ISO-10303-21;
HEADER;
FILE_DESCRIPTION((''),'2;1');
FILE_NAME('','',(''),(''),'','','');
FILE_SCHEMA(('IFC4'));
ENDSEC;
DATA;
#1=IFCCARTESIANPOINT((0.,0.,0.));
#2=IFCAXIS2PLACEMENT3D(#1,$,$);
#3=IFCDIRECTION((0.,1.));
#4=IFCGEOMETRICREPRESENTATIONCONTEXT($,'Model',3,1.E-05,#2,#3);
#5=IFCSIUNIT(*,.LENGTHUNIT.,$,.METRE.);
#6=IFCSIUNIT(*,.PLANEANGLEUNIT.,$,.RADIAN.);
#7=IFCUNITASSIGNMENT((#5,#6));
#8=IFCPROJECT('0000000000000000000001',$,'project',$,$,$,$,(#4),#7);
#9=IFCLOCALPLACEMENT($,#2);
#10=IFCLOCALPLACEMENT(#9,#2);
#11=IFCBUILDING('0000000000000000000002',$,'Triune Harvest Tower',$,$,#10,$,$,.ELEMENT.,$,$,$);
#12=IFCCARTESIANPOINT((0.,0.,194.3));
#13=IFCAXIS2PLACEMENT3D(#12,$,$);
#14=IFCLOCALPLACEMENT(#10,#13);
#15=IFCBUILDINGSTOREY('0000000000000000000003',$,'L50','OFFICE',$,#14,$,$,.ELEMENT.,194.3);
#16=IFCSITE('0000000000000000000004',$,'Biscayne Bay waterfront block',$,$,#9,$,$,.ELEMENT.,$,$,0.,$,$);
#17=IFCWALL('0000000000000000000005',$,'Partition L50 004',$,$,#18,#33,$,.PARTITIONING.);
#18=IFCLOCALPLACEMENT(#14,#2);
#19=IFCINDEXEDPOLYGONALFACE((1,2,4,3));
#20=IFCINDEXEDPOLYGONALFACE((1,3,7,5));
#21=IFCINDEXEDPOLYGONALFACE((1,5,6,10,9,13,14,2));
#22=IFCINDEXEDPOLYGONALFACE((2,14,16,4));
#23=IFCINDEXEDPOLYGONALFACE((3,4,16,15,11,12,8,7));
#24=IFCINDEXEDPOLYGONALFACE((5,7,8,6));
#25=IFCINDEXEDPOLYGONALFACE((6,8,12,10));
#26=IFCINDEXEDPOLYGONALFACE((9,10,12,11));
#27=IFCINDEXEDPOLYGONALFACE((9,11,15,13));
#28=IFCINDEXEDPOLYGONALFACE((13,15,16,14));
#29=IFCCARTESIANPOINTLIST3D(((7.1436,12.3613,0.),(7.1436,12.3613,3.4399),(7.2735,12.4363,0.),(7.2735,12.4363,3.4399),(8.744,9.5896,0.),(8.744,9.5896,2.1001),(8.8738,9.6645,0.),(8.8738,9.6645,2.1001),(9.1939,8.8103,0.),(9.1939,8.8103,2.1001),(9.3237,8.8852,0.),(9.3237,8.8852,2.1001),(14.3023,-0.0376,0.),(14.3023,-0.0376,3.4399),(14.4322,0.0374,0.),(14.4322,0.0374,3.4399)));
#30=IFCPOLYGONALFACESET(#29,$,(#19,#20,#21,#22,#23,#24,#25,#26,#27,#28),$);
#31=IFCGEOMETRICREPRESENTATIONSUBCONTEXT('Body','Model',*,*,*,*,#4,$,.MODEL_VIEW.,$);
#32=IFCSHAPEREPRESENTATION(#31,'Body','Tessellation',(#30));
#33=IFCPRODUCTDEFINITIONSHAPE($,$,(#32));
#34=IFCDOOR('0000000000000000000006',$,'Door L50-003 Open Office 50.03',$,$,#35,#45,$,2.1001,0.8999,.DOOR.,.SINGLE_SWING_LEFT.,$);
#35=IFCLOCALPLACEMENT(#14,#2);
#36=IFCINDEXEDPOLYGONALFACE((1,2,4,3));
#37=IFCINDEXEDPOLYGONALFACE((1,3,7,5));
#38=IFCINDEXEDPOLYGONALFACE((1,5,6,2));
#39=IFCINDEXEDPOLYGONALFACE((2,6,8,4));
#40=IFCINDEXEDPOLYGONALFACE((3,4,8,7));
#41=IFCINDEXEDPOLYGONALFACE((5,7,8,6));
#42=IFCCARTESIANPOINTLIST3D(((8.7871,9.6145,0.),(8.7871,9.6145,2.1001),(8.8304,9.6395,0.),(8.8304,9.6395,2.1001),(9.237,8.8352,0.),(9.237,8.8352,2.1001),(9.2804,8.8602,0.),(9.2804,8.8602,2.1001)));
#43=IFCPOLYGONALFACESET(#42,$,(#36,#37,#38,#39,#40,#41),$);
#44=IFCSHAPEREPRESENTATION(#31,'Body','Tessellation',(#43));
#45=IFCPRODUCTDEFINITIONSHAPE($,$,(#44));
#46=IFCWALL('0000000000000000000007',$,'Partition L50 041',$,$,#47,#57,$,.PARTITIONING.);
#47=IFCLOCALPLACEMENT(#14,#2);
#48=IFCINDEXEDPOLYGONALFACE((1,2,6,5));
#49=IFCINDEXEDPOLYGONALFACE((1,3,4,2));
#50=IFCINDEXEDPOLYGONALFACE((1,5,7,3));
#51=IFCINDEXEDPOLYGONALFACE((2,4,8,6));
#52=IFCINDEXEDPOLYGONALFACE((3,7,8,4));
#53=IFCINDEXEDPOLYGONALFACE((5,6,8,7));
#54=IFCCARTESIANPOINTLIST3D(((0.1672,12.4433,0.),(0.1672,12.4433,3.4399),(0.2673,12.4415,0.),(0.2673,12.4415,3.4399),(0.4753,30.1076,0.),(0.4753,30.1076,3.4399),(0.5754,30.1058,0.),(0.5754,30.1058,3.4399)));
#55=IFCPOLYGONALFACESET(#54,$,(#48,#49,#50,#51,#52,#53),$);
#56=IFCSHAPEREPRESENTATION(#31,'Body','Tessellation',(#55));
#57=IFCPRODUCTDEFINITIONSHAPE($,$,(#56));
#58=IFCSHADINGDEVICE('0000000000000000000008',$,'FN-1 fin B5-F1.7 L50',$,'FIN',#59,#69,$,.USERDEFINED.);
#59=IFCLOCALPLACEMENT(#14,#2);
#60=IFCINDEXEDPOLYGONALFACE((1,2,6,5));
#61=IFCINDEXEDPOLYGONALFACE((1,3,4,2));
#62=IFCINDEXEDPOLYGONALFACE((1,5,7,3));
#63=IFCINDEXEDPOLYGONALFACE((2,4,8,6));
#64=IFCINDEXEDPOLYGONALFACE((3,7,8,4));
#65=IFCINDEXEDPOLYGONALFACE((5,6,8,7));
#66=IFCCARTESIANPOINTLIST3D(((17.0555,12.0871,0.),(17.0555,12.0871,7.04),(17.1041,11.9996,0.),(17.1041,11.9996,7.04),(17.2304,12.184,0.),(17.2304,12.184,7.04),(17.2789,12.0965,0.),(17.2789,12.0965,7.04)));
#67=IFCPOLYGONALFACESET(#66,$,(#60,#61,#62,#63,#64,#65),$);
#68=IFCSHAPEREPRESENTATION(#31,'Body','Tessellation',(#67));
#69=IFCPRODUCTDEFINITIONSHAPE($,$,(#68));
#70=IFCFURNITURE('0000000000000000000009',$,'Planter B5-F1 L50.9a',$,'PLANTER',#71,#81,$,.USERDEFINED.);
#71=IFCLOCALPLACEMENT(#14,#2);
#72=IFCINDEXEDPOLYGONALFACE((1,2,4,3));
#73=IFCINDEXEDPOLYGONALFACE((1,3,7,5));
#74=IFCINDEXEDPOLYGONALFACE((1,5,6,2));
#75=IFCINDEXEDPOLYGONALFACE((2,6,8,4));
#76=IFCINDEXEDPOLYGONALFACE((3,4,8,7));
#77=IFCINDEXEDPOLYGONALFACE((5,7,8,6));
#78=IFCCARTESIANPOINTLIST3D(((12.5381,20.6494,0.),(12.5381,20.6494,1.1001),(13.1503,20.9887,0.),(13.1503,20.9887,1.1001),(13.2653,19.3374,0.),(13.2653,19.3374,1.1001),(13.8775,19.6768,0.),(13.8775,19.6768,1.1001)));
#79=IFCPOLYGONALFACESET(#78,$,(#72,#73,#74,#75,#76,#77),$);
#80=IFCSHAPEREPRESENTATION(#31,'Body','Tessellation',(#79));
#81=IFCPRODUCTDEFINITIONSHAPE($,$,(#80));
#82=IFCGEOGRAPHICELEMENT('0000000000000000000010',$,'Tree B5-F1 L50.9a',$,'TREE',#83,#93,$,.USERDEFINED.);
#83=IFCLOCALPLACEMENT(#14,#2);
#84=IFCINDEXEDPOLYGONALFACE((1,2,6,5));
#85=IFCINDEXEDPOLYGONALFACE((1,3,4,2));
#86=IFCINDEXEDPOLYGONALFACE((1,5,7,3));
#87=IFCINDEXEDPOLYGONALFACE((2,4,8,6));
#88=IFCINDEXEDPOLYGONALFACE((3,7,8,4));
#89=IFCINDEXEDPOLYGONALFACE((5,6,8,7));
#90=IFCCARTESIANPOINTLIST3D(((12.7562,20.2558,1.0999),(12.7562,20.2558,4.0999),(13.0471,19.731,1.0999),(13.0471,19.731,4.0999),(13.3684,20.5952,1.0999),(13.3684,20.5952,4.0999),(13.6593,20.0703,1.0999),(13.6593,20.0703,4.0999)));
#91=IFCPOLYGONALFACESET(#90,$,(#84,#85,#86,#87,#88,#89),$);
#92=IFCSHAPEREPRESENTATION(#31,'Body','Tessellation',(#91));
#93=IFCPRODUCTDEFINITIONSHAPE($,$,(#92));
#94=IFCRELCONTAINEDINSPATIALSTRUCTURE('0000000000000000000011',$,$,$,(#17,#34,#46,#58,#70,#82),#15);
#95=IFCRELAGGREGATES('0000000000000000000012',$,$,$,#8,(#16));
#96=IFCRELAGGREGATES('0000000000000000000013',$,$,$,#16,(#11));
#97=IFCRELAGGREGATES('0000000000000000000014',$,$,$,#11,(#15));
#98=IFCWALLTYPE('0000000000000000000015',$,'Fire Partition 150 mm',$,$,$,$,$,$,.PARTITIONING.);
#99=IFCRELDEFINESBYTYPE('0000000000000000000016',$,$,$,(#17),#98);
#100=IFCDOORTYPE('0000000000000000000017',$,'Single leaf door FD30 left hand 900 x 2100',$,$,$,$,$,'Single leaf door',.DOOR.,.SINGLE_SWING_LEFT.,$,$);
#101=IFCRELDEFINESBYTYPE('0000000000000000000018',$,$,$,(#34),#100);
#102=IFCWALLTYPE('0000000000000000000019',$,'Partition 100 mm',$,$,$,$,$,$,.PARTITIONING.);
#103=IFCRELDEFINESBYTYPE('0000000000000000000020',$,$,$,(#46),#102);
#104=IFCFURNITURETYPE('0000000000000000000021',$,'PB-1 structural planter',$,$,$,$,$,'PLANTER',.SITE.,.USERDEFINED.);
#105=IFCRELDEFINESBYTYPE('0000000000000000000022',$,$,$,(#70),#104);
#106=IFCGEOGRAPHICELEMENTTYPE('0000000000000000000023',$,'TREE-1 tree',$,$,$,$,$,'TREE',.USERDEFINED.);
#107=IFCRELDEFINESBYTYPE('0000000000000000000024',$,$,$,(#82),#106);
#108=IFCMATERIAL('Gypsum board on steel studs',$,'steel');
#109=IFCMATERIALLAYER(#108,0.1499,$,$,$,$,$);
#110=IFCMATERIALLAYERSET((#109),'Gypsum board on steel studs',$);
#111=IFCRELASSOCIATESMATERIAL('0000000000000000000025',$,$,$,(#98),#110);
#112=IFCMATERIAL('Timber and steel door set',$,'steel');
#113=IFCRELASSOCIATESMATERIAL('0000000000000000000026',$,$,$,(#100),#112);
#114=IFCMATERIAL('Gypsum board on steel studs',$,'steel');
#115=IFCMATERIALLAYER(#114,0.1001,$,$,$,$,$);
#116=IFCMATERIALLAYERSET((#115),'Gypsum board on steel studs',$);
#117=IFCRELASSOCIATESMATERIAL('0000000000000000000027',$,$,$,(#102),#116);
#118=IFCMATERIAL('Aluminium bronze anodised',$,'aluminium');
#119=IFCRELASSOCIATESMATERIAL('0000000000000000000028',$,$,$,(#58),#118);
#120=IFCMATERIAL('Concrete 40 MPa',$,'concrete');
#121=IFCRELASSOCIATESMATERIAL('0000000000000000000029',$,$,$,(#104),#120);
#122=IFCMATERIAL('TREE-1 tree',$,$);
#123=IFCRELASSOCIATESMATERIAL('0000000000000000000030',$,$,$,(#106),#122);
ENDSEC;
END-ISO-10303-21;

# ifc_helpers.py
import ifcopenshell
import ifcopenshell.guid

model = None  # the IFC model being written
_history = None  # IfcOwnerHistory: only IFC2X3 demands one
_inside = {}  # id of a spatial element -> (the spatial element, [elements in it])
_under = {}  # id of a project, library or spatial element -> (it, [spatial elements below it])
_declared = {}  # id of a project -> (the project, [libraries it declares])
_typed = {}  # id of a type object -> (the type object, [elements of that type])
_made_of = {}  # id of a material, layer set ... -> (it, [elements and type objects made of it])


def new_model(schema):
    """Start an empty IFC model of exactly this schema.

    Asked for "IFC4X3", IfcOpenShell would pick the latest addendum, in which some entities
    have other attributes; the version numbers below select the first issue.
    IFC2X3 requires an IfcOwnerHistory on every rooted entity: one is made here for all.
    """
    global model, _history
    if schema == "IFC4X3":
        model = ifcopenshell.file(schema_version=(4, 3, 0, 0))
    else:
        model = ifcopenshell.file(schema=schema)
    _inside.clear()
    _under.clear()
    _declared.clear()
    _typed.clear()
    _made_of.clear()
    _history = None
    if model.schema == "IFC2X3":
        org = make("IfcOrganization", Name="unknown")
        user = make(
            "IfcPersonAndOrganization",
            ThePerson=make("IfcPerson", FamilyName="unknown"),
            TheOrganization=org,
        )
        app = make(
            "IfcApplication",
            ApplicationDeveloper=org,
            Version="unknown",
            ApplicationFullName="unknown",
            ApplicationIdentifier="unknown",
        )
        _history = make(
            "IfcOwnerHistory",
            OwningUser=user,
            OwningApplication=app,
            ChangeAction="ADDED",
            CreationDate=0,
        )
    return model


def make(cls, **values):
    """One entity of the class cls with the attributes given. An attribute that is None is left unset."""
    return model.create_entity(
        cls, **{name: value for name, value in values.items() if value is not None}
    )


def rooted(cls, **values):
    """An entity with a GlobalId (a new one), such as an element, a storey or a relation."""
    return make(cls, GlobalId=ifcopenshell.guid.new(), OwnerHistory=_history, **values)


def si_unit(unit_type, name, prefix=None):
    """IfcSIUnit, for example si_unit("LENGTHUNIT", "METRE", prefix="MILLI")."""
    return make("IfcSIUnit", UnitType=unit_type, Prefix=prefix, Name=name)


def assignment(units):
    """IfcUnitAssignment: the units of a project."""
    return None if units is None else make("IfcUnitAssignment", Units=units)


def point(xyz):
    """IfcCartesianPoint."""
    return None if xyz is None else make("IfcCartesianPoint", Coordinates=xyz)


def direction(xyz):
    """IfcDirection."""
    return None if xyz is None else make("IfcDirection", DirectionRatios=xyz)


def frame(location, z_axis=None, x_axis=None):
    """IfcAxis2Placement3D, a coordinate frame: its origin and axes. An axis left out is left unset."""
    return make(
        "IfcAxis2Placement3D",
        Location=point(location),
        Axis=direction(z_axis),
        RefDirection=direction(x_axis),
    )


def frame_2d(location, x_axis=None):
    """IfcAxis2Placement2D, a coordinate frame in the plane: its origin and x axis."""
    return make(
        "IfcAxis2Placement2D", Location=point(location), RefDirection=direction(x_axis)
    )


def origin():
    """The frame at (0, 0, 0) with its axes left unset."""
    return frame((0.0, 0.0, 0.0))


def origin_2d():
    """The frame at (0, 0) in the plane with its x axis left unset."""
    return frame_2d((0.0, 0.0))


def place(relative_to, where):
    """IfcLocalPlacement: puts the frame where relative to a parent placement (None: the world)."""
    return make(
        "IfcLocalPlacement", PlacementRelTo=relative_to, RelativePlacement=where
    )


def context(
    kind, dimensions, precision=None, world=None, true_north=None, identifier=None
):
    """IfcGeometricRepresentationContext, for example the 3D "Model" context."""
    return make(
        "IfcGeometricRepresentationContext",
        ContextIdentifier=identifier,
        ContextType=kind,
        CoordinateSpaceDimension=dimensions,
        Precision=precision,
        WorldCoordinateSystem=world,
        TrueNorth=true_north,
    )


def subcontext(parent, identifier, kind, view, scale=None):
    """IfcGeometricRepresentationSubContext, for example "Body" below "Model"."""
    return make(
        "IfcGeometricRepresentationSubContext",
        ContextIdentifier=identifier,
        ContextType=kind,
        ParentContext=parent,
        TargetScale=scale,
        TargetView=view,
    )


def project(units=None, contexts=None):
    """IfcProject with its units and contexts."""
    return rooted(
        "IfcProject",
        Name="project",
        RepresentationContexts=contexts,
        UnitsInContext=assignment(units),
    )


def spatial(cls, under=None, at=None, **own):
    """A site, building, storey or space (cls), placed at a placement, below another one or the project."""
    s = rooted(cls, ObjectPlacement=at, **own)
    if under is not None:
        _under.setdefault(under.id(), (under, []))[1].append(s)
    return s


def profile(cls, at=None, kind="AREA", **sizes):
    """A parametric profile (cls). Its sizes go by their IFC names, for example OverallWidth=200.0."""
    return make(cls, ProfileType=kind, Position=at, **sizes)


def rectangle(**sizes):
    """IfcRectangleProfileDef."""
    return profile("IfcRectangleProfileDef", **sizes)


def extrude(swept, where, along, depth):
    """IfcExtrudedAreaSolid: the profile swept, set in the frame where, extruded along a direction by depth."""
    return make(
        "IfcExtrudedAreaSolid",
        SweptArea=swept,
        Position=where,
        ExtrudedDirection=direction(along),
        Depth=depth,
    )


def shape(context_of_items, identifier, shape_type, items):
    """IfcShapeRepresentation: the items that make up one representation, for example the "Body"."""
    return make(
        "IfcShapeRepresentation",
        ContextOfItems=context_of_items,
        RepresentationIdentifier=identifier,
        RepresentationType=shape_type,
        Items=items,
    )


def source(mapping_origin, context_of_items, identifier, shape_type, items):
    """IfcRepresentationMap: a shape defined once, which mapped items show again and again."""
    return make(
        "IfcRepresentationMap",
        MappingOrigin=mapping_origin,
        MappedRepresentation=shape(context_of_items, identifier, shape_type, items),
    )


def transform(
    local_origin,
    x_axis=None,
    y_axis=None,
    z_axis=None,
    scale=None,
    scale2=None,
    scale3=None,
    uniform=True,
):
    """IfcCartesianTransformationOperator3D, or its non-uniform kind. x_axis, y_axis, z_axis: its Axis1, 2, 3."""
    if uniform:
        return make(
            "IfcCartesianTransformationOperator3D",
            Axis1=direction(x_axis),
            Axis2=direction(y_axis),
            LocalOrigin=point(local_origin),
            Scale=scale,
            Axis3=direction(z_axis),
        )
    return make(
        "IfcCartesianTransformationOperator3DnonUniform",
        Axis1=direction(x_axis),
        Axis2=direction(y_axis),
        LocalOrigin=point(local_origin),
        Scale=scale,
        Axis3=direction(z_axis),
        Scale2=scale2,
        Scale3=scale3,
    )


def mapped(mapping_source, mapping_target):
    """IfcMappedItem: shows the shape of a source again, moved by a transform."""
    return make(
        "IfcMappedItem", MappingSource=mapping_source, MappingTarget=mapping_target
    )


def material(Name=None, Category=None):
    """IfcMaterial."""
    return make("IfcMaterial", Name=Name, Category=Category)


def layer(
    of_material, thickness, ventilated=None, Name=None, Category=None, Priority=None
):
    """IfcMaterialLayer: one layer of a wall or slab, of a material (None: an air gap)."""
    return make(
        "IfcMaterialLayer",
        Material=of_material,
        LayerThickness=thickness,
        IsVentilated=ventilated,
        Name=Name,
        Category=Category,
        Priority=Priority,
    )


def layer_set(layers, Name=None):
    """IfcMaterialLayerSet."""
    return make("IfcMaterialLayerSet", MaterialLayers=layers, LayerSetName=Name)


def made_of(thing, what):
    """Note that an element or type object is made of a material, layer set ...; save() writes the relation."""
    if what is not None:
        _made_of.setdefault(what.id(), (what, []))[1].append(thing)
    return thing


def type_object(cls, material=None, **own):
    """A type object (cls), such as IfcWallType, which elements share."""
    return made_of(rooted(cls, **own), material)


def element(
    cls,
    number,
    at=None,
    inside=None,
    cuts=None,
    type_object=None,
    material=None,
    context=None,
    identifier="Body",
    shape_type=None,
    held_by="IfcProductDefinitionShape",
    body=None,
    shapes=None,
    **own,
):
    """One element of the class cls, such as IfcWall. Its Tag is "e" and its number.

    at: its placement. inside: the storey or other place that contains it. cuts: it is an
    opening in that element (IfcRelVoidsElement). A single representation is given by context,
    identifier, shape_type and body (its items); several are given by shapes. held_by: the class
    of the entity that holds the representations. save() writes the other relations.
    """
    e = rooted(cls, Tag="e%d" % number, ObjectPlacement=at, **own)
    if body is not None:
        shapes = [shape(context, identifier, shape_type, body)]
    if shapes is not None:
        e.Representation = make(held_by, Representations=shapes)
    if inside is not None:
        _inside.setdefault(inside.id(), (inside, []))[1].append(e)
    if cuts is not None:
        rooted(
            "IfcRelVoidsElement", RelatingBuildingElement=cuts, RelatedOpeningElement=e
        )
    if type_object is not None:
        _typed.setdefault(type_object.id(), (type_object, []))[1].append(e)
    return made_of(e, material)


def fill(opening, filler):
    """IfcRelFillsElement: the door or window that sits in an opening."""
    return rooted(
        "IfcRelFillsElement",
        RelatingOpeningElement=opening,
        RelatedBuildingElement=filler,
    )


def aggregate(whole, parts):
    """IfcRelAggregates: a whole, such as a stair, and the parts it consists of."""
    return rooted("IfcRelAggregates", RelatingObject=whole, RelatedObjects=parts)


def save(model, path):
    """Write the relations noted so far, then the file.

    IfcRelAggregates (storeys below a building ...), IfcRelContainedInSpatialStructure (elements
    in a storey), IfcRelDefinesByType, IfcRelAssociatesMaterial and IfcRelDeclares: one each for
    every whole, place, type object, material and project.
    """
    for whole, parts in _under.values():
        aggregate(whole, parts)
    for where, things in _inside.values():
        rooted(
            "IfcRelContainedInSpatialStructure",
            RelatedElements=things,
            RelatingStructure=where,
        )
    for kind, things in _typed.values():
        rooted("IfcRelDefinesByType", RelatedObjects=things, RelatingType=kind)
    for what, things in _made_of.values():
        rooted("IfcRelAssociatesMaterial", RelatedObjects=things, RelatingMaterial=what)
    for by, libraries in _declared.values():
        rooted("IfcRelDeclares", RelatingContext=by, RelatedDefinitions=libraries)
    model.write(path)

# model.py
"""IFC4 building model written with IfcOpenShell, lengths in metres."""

from ifc_helpers import new_model, si_unit, direction, frame, frame_2d, origin, origin_2d, place, context, subcontext, project, spatial, rectangle, extrude, source, transform, mapped, material, layer, layer_set, type_object, element, fill, save


model = new_model("IFC4")

# Units and contexts
model_context = context("Model", 3, precision=1e-05, world=origin(), true_north=direction((0.0, 1.0)))
body_context = subcontext(model_context, "Body", "Model", "MODEL_VIEW")
ifc_project = project(units=[si_unit("LENGTHUNIT", "METRE"), si_unit("PLANEANGLEUNIT", "RADIAN")], contexts=[model_context])

# Site, building, storey
site_placement = place(None, origin())
site = spatial("IfcSite", under=ifc_project, at=site_placement, Name="Biscayne Bay waterfront block", CompositionType="ELEMENT", RefElevation=0.0)
building_placement = place(site_placement, origin())
building = spatial("IfcBuilding", under=site, at=building_placement, Name="Triune Harvest Tower", CompositionType="ELEMENT")
storey_placement = place(building_placement, frame((0.0, 0.0, 194.3)))
storey = spatial("IfcBuildingStorey", under=building, at=storey_placement, Name="L50", Description="OFFICE", CompositionType="ELEMENT", Elevation=194.3)

# Wall, opening, door
ifc_material_1 = material(Name="Gypsum board on steel studs", Category="steel")
ifc_layer_1 = layer(ifc_material_1, 0.1499)
ifc_layer_set_1 = layer_set([ifc_layer_1], Name="Gypsum board on steel studs")
wall_type_1 = type_object("IfcWallType", Name="Fire Partition 150 mm", PredefinedType="PARTITIONING", material=ifc_layer_set_1)
shared_shape_1 = source(origin(), body_context, "Body", "SweptSolid", [
    extrude(rectangle(XDim=14.3171, YDim=0.1499, at=frame_2d((7.1587, 0.0))), origin(), (0.0, 0.0, 1.0), 3.4399),
])
wall_1_placement = place(storey_placement, frame((7.2085, 12.3989, 0.0), z_axis=(0.0, 0.0, 1.0), x_axis=(0.500009, -0.86602, 0.0)))
wall_1 = element("IfcWall", 1, at=wall_1_placement, inside=storey, type_object=wall_type_1, Name="Partition L50 004", PredefinedType="PARTITIONING", context=body_context, shape_type="MappedRepresentation", body=[
    mapped(shared_shape_1, transform((0.0, 0.0, 0.0), scale=1.0)),
])
opening_1_placement = place(wall_1_placement, frame((3.2007, 0.0, 0.0)))
opening_1 = element("IfcOpeningElement", 2, at=opening_1_placement, cuts=wall_1, PredefinedType="OPENING", context=body_context, shape_type="SweptSolid", body=[
    extrude(rectangle(XDim=0.8999, YDim=2.1001, at=frame_2d((0.45, 1.05))), frame((0.0, 0.085, 0.0), z_axis=(0.0, -1.0, 0.0), x_axis=(1.0, 0.0, 0.0)), (0.0, 0.0, 1.0), 0.1699),
])
ifc_material_2 = material(Name="Timber and steel door set", Category="steel")
door_type_1 = type_object("IfcDoorType", Name="Single leaf door FD30 left hand 900 x 2100", ElementType="Single leaf door", OperationType="SINGLE_SWING_LEFT", PredefinedType="DOOR", material=ifc_material_2)
door_1_placement = place(opening_1_placement, origin())
door_1 = element("IfcDoor", 3, at=door_1_placement, inside=storey, type_object=door_type_1, Name="Door L50-003 Open Office 50.03", OperationType="SINGLE_SWING_LEFT", OverallHeight=2.1001, OverallWidth=0.8999, PredefinedType="DOOR", context=body_context, shape_type="SweptSolid", body=[
    extrude(rectangle(XDim=0.8999, YDim=2.1001, at=frame_2d((0.45, 1.05))), frame((0.0, 0.0249, 0.0), z_axis=(0.0, -1.0, 0.0), x_axis=(1.0, 0.0, 0.0)), (0.0, 0.0, 1.0), 0.05),
])
fill(opening_1, door_1)

# Wall
ifc_material_3 = material(Name="Gypsum board on steel studs", Category="steel")
ifc_layer_2 = layer(ifc_material_3, 0.1001)
ifc_layer_set_2 = layer_set([ifc_layer_2], Name="Gypsum board on steel studs")
wall_type_2 = type_object("IfcWallType", Name="Partition 100 mm", PredefinedType="PARTITIONING", material=ifc_layer_set_2)
shared_shape_2 = source(origin(), body_context, "Body", "SweptSolid", [
    extrude(rectangle(XDim=17.667, YDim=0.1001, at=frame_2d((8.8335, 0.0))), origin(), (0.0, 0.0, 1.0), 3.4399),
])
wall_2_placement = place(storey_placement, frame((0.2173, 12.4424, 0.0), z_axis=(0.0, 0.0, 1.0), x_axis=(0.01744, 0.999848, 0.0)))
element("IfcWall", 4, at=wall_2_placement, inside=storey, type_object=wall_type_2, Name="Partition L50 041", PredefinedType="PARTITIONING", context=body_context, shape_type="MappedRepresentation", body=[
    mapped(shared_shape_2, transform((0.0, 0.0, 0.0), scale=1.0)),
])

# Shading device
ifc_material_4 = material(Name="Aluminium bronze anodised", Category="aluminium")
shared_shape_3 = source(origin(), body_context, "Body", "SweptSolid", [
    extrude(rectangle(XDim=0.1001, YDim=0.2, at=origin_2d()), origin(), (0.0, 0.0, 1.0), 7.04),
])
shading_device_placement = place(storey_placement, frame((17.1672, 12.0918, 0.0), z_axis=(0.0, 0.0, 1.0), x_axis=(-0.484808, 0.87462, 0.0)))
element("IfcShadingDevice", 5, at=shading_device_placement, inside=storey, material=ifc_material_4, Name="FN-1 fin B5-F1.7 L50", ObjectType="FIN", PredefinedType="USERDEFINED", context=body_context, shape_type="MappedRepresentation", body=[
    mapped(shared_shape_3, transform((0.0, 0.0, 0.0), scale=1.0)),
])

# Furniture
ifc_material_5 = material(Name="Concrete 40 MPa", Category="concrete")
furniture_type = type_object("IfcFurnitureType", Name="PB-1 structural planter", ElementType="PLANTER", AssemblyPlace="SITE", PredefinedType="USERDEFINED", material=ifc_material_5)
shared_shape_4 = source(origin(), body_context, "Body", "SweptSolid", [
    extrude(rectangle(XDim=1.5, YDim=0.7, at=origin_2d()), origin(), (0.0, 0.0, 1.0), 1.1001),
])
furniture_placement = place(storey_placement, frame((13.2078, 20.1631, 0.0), z_axis=(0.0, 0.0, 1.0), x_axis=(-0.484808, 0.87462, 0.0)))
element("IfcFurniture", 6, at=furniture_placement, inside=storey, type_object=furniture_type, Name="Planter B5-F1 L50.9a", ObjectType="PLANTER", PredefinedType="USERDEFINED", context=body_context, shape_type="MappedRepresentation", body=[
    mapped(shared_shape_4, transform((0.0, 0.0, 0.0), scale=1.0)),
])

# Geographic element
ifc_material_6 = material(Name="TREE-1 tree")
geographic_element_type = type_object("IfcGeographicElementType", Name="TREE-1 tree", ElementType="TREE", PredefinedType="USERDEFINED", material=ifc_material_6)
shared_shape_5 = source(origin(), body_context, "Body", "SweptSolid", [
    extrude(rectangle(XDim=0.6001, YDim=0.7, at=origin_2d()), origin(), (0.0, 0.0, 1.0), 3.0),
])
geographic_element_placement = place(storey_placement, frame((13.2078, 20.1631, 1.0999), z_axis=(0.0, 0.0, 1.0), x_axis=(-0.484808, 0.87462, 0.0)))
element("IfcGeographicElement", 7, at=geographic_element_placement, inside=storey, type_object=geographic_element_type, Name="Tree B5-F1 L50.9a", ObjectType="TREE", PredefinedType="USERDEFINED", context=body_context, shape_type="MappedRepresentation", body=[
    mapped(shared_shape_5, transform((0.0, 0.0, 0.0), scale=1.0)),
])

save(model, "model.ifc")
